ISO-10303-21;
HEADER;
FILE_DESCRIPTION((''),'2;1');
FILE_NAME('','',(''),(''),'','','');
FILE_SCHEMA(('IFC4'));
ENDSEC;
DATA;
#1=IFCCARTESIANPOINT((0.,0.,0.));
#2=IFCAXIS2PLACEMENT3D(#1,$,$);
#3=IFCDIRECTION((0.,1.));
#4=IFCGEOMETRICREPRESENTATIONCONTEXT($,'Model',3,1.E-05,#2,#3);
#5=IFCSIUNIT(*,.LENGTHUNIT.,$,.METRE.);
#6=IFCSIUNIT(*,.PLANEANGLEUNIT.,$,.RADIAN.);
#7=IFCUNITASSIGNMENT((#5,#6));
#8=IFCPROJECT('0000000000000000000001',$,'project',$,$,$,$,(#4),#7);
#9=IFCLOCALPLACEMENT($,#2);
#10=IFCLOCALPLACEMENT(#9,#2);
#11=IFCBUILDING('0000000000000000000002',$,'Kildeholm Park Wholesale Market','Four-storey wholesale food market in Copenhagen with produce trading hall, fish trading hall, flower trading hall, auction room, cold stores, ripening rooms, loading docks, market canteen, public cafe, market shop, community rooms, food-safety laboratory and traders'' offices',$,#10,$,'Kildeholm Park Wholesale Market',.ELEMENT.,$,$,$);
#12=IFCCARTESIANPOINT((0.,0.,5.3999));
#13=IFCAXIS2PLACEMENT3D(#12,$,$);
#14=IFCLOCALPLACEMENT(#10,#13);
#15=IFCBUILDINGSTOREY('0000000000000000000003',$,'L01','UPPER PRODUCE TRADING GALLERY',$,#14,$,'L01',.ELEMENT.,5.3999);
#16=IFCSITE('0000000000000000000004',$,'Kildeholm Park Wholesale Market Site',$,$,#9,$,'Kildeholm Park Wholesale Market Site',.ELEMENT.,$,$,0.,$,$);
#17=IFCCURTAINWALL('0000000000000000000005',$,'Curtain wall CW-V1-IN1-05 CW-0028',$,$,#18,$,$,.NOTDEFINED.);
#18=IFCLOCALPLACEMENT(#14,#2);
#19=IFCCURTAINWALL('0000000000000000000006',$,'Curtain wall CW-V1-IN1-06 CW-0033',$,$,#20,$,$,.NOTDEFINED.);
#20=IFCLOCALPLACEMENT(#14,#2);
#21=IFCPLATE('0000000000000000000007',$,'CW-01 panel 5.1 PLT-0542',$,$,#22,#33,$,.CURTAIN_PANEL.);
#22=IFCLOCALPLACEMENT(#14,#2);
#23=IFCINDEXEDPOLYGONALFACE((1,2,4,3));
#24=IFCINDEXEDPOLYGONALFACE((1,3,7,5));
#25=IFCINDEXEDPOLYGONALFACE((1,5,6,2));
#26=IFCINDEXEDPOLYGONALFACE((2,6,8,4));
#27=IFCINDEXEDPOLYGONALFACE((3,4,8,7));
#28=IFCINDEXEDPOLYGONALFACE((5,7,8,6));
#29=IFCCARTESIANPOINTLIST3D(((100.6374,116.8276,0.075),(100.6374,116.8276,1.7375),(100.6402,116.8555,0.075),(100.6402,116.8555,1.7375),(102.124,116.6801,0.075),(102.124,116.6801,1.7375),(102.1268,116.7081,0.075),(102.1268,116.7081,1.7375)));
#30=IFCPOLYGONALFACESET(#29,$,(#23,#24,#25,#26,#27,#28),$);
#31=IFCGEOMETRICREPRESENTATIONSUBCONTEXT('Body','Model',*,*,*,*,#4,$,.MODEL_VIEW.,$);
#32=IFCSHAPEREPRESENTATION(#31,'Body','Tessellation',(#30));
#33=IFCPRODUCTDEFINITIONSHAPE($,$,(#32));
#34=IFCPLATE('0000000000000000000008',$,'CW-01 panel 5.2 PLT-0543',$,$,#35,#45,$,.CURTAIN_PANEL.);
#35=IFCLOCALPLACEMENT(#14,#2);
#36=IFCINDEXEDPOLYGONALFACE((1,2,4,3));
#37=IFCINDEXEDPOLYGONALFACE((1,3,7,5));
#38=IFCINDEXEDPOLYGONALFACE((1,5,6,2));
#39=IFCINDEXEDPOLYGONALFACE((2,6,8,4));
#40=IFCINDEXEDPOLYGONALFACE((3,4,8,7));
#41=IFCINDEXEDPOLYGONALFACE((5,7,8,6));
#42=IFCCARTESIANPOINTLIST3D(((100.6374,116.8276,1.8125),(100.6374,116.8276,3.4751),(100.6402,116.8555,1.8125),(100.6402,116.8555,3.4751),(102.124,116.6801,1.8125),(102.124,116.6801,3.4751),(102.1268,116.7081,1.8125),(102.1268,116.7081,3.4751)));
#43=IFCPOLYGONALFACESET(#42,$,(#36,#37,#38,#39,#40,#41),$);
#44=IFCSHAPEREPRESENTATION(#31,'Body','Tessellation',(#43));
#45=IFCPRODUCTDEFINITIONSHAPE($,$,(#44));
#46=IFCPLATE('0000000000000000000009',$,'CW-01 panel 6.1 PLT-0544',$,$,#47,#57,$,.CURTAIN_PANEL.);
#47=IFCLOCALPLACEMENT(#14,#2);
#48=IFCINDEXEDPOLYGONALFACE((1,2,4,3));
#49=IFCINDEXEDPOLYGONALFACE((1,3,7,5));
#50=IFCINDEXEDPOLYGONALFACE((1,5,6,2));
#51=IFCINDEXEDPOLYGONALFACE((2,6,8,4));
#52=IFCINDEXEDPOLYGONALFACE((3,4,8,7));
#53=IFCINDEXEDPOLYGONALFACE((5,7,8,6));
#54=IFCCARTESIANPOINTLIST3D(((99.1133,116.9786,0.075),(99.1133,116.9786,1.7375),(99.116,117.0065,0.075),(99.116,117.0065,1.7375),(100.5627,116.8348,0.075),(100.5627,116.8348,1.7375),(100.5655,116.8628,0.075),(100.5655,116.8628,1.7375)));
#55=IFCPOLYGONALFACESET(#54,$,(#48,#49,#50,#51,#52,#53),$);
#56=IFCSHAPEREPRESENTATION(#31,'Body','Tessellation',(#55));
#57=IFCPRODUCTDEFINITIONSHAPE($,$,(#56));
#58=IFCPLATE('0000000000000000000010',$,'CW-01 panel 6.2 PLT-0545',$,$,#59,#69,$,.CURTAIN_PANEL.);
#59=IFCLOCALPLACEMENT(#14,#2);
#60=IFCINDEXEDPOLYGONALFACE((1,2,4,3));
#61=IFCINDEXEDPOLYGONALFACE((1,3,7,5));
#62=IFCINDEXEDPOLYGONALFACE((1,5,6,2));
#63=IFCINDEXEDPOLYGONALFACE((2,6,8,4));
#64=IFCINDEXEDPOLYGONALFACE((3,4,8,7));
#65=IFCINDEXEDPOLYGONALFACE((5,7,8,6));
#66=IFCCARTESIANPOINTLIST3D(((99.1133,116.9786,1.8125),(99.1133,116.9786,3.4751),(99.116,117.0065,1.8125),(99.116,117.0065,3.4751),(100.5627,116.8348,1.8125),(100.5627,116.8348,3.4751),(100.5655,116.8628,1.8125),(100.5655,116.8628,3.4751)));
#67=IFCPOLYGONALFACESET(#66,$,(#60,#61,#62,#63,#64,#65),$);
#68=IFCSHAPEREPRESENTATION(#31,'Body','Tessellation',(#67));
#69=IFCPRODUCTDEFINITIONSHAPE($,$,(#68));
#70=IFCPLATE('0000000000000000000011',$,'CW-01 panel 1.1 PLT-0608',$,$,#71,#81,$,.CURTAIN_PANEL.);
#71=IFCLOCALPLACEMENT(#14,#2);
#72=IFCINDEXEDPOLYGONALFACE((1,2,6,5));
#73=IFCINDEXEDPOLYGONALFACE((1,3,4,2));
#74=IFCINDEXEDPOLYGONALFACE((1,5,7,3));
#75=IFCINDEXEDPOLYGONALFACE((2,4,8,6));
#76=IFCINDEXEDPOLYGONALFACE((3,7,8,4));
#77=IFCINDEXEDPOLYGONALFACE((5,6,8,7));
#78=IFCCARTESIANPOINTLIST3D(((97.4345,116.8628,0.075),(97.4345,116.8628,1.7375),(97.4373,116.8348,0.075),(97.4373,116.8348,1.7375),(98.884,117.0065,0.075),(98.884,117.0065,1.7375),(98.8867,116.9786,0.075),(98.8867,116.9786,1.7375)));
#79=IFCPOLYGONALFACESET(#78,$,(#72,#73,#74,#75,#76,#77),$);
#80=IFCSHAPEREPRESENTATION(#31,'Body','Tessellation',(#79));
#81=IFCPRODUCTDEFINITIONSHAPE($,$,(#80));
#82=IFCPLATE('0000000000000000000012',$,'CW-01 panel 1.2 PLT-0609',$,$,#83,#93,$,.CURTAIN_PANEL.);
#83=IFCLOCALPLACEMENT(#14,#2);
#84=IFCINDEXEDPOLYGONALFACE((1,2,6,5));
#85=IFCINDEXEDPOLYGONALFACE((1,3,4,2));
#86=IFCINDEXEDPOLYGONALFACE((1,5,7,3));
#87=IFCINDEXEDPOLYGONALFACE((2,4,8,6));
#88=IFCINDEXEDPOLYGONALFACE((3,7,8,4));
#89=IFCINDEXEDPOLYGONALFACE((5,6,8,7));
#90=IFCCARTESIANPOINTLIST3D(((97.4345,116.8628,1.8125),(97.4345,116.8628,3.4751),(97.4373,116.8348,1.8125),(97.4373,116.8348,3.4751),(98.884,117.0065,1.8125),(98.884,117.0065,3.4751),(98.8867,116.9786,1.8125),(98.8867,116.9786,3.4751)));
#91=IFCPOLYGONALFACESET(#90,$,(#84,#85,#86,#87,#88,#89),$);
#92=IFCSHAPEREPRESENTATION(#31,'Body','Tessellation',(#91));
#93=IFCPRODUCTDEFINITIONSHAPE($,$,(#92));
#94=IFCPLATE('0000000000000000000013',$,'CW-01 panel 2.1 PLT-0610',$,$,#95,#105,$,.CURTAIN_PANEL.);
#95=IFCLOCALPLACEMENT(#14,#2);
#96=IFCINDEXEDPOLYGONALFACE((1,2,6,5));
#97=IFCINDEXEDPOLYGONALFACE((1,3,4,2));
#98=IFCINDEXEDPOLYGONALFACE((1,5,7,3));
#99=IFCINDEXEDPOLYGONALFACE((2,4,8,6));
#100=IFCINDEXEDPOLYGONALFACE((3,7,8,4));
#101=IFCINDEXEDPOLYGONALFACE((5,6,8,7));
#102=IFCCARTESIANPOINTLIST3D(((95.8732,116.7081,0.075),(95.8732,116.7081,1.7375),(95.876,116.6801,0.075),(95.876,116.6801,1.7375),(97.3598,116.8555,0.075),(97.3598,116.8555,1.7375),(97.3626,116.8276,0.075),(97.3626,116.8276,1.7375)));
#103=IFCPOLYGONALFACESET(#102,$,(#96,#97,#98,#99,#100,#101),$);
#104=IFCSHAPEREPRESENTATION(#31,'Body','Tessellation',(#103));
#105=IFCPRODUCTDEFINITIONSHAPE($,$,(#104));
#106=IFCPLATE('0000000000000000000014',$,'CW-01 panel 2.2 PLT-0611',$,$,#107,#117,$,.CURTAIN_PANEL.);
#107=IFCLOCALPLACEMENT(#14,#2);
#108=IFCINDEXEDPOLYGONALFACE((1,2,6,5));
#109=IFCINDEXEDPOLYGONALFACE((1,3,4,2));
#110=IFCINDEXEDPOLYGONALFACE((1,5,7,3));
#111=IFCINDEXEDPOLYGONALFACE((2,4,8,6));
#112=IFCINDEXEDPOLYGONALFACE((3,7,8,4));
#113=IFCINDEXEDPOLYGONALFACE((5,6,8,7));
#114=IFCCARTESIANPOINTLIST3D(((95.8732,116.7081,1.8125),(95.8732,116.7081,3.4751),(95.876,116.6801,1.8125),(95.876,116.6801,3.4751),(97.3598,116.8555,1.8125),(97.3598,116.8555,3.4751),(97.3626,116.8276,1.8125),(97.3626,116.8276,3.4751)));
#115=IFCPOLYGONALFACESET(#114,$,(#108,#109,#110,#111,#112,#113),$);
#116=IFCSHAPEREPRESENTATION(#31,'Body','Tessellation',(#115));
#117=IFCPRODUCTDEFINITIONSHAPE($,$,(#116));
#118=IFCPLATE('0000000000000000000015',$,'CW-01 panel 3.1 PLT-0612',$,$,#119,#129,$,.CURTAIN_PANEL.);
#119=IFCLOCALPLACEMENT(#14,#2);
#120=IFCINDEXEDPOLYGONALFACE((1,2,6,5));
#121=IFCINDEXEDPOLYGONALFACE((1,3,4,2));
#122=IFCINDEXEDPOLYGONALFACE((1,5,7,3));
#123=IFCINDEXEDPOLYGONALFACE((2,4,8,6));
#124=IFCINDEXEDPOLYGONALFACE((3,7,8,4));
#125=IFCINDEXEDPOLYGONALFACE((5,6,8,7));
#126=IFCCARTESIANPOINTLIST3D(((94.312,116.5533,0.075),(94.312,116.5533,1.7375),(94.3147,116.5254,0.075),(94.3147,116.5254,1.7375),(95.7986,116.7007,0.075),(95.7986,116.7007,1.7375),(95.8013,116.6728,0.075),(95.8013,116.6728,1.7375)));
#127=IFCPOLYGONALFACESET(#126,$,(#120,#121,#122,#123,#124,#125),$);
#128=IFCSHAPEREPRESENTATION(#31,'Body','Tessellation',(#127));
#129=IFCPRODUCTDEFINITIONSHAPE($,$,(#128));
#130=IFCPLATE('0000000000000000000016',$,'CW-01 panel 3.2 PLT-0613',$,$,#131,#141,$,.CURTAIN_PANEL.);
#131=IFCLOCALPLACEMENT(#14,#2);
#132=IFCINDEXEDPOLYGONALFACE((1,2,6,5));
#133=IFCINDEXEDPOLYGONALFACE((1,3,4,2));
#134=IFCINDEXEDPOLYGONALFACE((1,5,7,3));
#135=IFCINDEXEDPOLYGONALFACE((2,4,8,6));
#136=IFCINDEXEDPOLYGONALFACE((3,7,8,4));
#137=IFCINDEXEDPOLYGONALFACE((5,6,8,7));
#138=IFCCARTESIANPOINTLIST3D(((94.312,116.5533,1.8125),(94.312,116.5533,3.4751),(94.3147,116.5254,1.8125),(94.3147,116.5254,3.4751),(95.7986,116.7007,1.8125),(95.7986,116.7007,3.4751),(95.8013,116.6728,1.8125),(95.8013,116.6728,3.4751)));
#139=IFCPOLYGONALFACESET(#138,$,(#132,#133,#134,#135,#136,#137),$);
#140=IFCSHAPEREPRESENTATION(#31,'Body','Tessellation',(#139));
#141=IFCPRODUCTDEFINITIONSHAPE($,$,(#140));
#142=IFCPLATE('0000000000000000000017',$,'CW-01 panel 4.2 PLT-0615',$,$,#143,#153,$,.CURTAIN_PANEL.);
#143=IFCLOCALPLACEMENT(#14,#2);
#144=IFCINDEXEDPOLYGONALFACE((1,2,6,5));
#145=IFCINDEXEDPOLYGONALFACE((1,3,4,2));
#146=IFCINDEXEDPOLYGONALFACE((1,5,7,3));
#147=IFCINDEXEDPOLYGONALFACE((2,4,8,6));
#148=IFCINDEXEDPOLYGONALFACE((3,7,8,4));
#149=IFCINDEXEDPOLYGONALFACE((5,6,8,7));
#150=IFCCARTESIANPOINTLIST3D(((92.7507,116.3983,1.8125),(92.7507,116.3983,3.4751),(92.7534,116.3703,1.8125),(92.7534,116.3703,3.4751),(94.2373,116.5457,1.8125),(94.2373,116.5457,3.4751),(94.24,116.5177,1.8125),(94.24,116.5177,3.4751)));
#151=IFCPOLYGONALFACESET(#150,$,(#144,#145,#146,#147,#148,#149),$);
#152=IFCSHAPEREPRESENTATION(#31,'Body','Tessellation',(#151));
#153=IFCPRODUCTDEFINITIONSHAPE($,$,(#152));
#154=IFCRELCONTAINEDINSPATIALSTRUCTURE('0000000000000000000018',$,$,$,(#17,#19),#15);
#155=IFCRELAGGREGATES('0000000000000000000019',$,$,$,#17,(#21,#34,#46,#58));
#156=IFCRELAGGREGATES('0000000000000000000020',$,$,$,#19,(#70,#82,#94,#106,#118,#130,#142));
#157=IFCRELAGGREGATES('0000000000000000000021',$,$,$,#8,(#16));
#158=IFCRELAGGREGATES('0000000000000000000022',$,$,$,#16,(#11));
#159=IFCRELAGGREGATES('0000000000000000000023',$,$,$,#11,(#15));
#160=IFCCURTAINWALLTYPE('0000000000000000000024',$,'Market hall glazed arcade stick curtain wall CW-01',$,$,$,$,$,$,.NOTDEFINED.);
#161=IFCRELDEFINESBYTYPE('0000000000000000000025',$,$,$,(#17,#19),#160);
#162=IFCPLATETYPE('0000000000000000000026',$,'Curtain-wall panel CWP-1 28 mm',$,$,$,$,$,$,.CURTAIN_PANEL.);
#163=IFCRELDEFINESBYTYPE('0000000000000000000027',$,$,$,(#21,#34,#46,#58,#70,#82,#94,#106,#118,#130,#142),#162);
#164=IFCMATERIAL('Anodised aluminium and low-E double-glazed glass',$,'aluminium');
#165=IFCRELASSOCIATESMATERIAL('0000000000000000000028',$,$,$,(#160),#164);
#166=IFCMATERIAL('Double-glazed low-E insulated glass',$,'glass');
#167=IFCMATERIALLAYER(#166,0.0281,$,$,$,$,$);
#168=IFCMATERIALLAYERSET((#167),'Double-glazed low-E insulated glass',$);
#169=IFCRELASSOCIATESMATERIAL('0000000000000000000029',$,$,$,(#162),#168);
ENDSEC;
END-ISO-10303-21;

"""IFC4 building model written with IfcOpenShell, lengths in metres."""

from ifc_helpers import new_model, si_unit, direction, frame, origin, origin_2d, place, context, subcontext, project, spatial, rectangle, extrude, material, layer, layer_set, type_object, element, aggregate, save


model = new_model("IFC4")

# Units and contexts
model_context = context("Model", 3, precision=1e-05, world=origin(), true_north=direction((0.0, 1.0)))
body_context = subcontext(model_context, "Body", "Model", "MODEL_VIEW")
ifc_project = project(units=[si_unit("LENGTHUNIT", "METRE"), si_unit("PLANEANGLEUNIT", "RADIAN")], contexts=[model_context])

# Site, building, storey
site_placement = place(None, origin())
site = spatial("IfcSite", under=ifc_project, at=site_placement, Name="Kildeholm Park Wholesale Market Site", LongName="Kildeholm Park Wholesale Market Site", CompositionType="ELEMENT", RefElevation=0.0)
building_placement = place(site_placement, origin())
building = spatial("IfcBuilding", under=site, at=building_placement, Name="Kildeholm Park Wholesale Market", Description="Four-storey wholesale food market in Copenhagen with produce trading hall, fish trading hall, flower trading hall, auction room, cold stores, ripening rooms, loading docks, market canteen, public cafe, market shop, community rooms, food-safety laboratory and traders' offices", LongName="Kildeholm Park Wholesale Market", CompositionType="ELEMENT")
storey_placement = place(building_placement, frame((0.0, 0.0, 5.3999)))
storey = spatial("IfcBuildingStorey", under=building, at=storey_placement, Name="L01", Description="UPPER PRODUCE TRADING GALLERY", LongName="L01", CompositionType="ELEMENT", Elevation=5.3999)

# Curtain walls
ifc_material_1 = material(Name="Anodised aluminium and low-E double-glazed glass", Category="aluminium")
curtain_wall_type = type_object("IfcCurtainWallType", Name="Market hall glazed arcade stick curtain wall CW-01", PredefinedType="NOTDEFINED", material=ifc_material_1)
curtain_wall_1_placement = place(storey_placement, origin())
curtain_wall_1 = element("IfcCurtainWall", 1, at=curtain_wall_1_placement, inside=storey, type_object=curtain_wall_type, Name="Curtain wall CW-V1-IN1-05 CW-0028", PredefinedType="NOTDEFINED")
curtain_wall_2_placement = place(storey_placement, origin())
curtain_wall_2 = element("IfcCurtainWall", 2, at=curtain_wall_2_placement, inside=storey, type_object=curtain_wall_type, Name="Curtain wall CW-V1-IN1-06 CW-0033", PredefinedType="NOTDEFINED")

# Plates
ifc_material_2 = material(Name="Double-glazed low-E insulated glass", Category="glass")
ifc_layer = layer(ifc_material_2, 0.0281)
ifc_layer_set = layer_set([ifc_layer], Name="Double-glazed low-E insulated glass")
plate_type = type_object("IfcPlateType", Name="Curtain-wall panel CWP-1 28 mm", PredefinedType="CURTAIN_PANEL", material=ifc_layer_set)
plate_1_placement = place(storey_placement, frame((101.3821, 116.7678, 0.075), z_axis=(0.0, 0.0, 1.0), x_axis=(-0.995119, 0.098683, 0.0)))
plate_1 = element("IfcPlate", 3, at=plate_1_placement, type_object=plate_type, Name="CW-01 panel 5.1 PLT-0542", PredefinedType="CURTAIN_PANEL", context=body_context, shape_type="SweptSolid", body=[
    extrude(rectangle(XDim=1.4939, YDim=0.0281, at=origin_2d()), origin(), (0.0, 0.0, 1.0), 1.6626),
])
plate_2_placement = place(storey_placement, frame((101.3821, 116.7678, 1.8125), z_axis=(0.0, 0.0, 1.0), x_axis=(-0.995119, 0.098683, 0.0)))
plate_2 = element("IfcPlate", 4, at=plate_2_placement, type_object=plate_type, Name="CW-01 panel 5.2 PLT-0543", PredefinedType="CURTAIN_PANEL", context=body_context, shape_type="SweptSolid", body=[
    extrude(rectangle(XDim=1.4939, YDim=0.0281, at=origin_2d()), origin(), (0.0, 0.0, 1.0), 1.6626),
])
plate_3_placement = place(storey_placement, frame((99.8394, 116.9207, 0.075), z_axis=(0.0, 0.0, 1.0), x_axis=(-0.995119, 0.098683, 0.0)))
plate_3 = element("IfcPlate", 5, at=plate_3_placement, type_object=plate_type, Name="CW-01 panel 6.1 PLT-0544", PredefinedType="CURTAIN_PANEL", context=body_context, shape_type="SweptSolid", body=[
    extrude(rectangle(XDim=1.4565, YDim=0.0281, at=origin_2d()), origin(), (0.0, 0.0, 1.0), 1.6626),
])
plate_4_placement = place(storey_placement, frame((99.8394, 116.9207, 1.8125), z_axis=(0.0, 0.0, 1.0), x_axis=(-0.995119, 0.098683, 0.0)))
plate_4 = element("IfcPlate", 6, at=plate_4_placement, type_object=plate_type, Name="CW-01 panel 6.2 PLT-0545", PredefinedType="CURTAIN_PANEL", context=body_context, shape_type="SweptSolid", body=[
    extrude(rectangle(XDim=1.4565, YDim=0.0281, at=origin_2d()), origin(), (0.0, 0.0, 1.0), 1.6626),
])
aggregate(curtain_wall_1, [plate_1, plate_2, plate_3, plate_4])
plate_5_placement = place(storey_placement, frame((98.1606, 116.9207, 0.075), z_axis=(0.0, 0.0, 1.0), x_axis=(-0.995119, -0.098683, 0.0)))
plate_5 = element("IfcPlate", 7, at=plate_5_placement, type_object=plate_type, Name="CW-01 panel 1.1 PLT-0608", PredefinedType="CURTAIN_PANEL", context=body_context, shape_type="SweptSolid", body=[
    extrude(rectangle(XDim=1.4565, YDim=0.0281, at=origin_2d()), origin(), (0.0, 0.0, 1.0), 1.6626),
])
plate_6_placement = place(storey_placement, frame((98.1606, 116.9207, 1.8125), z_axis=(0.0, 0.0, 1.0), x_axis=(-0.995119, -0.098683, 0.0)))
plate_6 = element("IfcPlate", 8, at=plate_6_placement, type_object=plate_type, Name="CW-01 panel 1.2 PLT-0609", PredefinedType="CURTAIN_PANEL", context=body_context, shape_type="SweptSolid", body=[
    extrude(rectangle(XDim=1.4565, YDim=0.0281, at=origin_2d()), origin(), (0.0, 0.0, 1.0), 1.6626),
])
plate_7_placement = place(storey_placement, frame((96.6179, 116.7678, 0.075), z_axis=(0.0, 0.0, 1.0), x_axis=(-0.995119, -0.098683, 0.0)))
plate_7 = element("IfcPlate", 9, at=plate_7_placement, type_object=plate_type, Name="CW-01 panel 2.1 PLT-0610", PredefinedType="CURTAIN_PANEL", context=body_context, shape_type="SweptSolid", body=[
    extrude(rectangle(XDim=1.4939, YDim=0.0281, at=origin_2d()), origin(), (0.0, 0.0, 1.0), 1.6626),
])
plate_8_placement = place(storey_placement, frame((96.6179, 116.7678, 1.8125), z_axis=(0.0, 0.0, 1.0), x_axis=(-0.995119, -0.098683, 0.0)))
plate_8 = element("IfcPlate", 10, at=plate_8_placement, type_object=plate_type, Name="CW-01 panel 2.2 PLT-0611", PredefinedType="CURTAIN_PANEL", context=body_context, shape_type="SweptSolid", body=[
    extrude(rectangle(XDim=1.4939, YDim=0.0281, at=origin_2d()), origin(), (0.0, 0.0, 1.0), 1.6626),
])
plate_9_placement = place(storey_placement, frame((95.0566, 116.613, 0.075), z_axis=(0.0, 0.0, 1.0), x_axis=(-0.995119, -0.098683, 0.0)))
plate_9 = element("IfcPlate", 11, at=plate_9_placement, type_object=plate_type, Name="CW-01 panel 3.1 PLT-0612", PredefinedType="CURTAIN_PANEL", context=body_context, shape_type="SweptSolid", body=[
    extrude(rectangle(XDim=1.4939, YDim=0.0281, at=origin_2d()), origin(), (0.0, 0.0, 1.0), 1.6626),
])
plate_10_placement = place(storey_placement, frame((95.0566, 116.613, 1.8125), z_axis=(0.0, 0.0, 1.0), x_axis=(-0.995119, -0.098683, 0.0)))
plate_10 = element("IfcPlate", 12, at=plate_10_placement, type_object=plate_type, Name="CW-01 panel 3.2 PLT-0613", PredefinedType="CURTAIN_PANEL", context=body_context, shape_type="SweptSolid", body=[
    extrude(rectangle(XDim=1.4939, YDim=0.0281, at=origin_2d()), origin(), (0.0, 0.0, 1.0), 1.6626),
])
plate_11_placement = place(storey_placement, frame((93.4954, 116.458, 1.8125), z_axis=(0.0, 0.0, 1.0), x_axis=(-0.995119, -0.098683, 0.0)))
plate_11 = element("IfcPlate", 13, at=plate_11_placement, type_object=plate_type, Name="CW-01 panel 4.2 PLT-0615", PredefinedType="CURTAIN_PANEL", context=body_context, shape_type="SweptSolid", body=[
    extrude(rectangle(XDim=1.4939, YDim=0.0281, at=origin_2d()), origin(), (0.0, 0.0, 1.0), 1.6626),
])
aggregate(curtain_wall_2, [plate_5, plate_6, plate_7, plate_8, plate_9, plate_10, plate_11])

save(model, "model.ifc")
